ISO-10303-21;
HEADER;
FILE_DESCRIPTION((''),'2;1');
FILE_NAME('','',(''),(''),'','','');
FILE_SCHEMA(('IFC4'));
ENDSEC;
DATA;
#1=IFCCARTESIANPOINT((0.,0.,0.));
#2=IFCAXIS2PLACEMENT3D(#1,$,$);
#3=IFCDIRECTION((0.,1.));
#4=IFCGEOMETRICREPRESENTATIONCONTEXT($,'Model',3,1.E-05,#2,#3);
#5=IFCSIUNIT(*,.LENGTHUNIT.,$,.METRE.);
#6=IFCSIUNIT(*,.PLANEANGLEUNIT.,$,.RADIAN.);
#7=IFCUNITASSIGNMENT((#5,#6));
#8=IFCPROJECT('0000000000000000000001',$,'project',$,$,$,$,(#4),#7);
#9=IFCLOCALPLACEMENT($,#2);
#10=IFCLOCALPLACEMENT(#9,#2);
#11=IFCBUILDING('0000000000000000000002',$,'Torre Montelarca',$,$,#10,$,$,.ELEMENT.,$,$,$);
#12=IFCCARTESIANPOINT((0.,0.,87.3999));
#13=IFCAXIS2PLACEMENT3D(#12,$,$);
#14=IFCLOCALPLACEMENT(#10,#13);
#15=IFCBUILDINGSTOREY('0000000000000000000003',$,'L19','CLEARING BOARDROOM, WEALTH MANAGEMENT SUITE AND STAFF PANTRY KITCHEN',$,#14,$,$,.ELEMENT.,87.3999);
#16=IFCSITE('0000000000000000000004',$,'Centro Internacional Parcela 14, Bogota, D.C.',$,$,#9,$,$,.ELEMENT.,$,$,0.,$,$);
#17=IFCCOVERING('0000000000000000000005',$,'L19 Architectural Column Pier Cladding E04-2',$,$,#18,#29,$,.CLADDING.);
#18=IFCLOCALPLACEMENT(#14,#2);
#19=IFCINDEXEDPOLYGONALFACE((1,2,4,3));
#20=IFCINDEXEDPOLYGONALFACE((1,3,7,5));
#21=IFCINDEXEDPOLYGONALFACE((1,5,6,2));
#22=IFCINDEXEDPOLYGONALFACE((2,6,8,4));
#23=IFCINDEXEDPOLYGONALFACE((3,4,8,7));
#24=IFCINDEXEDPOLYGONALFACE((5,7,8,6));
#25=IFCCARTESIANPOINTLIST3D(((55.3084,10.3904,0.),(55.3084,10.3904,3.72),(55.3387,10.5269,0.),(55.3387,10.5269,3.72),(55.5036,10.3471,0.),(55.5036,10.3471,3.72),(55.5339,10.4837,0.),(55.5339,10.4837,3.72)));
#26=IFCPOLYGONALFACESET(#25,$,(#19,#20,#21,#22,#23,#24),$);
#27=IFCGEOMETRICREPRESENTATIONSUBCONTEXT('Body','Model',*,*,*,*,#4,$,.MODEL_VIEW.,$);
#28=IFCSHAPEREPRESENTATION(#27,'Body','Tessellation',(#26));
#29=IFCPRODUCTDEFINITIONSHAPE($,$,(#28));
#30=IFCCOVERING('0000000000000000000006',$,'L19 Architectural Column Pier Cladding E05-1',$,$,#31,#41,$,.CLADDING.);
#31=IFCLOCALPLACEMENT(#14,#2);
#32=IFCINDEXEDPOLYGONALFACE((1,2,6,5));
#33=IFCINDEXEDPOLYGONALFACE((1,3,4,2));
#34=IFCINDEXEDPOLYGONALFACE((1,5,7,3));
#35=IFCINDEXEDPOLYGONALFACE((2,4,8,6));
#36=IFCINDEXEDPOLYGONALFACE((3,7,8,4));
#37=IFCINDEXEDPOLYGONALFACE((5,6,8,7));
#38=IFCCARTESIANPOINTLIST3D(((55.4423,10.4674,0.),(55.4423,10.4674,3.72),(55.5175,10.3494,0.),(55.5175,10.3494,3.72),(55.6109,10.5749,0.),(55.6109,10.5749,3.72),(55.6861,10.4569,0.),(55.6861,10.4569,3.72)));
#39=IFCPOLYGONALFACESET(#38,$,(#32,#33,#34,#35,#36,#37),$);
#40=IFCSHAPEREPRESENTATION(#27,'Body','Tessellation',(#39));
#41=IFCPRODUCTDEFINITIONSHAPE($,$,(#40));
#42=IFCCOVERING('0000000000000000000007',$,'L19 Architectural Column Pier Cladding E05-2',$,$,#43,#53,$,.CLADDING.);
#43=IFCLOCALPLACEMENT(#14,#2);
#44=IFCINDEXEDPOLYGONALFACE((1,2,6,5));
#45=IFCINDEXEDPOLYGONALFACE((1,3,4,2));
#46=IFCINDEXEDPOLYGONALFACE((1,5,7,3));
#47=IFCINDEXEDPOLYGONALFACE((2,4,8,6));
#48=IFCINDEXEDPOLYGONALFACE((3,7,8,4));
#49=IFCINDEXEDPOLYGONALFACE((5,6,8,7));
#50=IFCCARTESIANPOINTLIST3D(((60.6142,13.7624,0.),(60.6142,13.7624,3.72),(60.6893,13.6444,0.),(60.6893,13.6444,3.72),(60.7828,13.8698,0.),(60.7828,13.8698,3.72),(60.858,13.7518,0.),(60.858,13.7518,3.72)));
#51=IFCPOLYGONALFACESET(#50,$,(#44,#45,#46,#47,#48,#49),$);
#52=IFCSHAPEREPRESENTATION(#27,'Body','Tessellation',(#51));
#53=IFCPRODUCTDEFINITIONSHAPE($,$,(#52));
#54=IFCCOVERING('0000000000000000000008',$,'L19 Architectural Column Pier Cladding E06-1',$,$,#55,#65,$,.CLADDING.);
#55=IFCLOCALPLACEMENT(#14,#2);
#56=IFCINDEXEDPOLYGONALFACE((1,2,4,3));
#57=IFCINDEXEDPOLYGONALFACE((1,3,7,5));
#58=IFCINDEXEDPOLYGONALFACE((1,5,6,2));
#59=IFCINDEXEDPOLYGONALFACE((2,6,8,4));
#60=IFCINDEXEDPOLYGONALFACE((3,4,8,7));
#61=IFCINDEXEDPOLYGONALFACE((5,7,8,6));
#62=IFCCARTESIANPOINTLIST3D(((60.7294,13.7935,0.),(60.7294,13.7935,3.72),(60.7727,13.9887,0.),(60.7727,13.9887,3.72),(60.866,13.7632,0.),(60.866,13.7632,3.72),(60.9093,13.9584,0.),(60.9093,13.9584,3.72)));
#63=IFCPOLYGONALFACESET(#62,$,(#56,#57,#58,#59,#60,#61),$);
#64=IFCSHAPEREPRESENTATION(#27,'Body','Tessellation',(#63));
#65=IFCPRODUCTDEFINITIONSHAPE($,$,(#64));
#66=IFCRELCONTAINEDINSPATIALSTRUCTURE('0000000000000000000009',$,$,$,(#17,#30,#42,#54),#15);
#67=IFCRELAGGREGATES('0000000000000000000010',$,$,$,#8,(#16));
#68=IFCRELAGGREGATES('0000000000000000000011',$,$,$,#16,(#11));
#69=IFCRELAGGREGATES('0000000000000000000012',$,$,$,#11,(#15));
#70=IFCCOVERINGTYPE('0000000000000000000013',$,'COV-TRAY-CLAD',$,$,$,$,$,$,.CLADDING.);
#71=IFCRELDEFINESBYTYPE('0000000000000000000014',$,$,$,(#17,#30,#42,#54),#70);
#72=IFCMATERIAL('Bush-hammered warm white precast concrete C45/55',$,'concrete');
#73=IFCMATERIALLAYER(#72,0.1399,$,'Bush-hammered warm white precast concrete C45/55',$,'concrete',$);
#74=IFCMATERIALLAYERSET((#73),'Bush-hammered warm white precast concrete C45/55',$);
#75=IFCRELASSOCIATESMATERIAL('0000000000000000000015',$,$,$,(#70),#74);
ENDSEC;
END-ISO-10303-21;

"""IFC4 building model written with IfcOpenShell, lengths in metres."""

from ifc_helpers import new_model, si_unit, direction, frame, origin, origin_2d, place, context, subcontext, project, spatial, rectangle, extrude, source, transform, mapped, material, layer, layer_set, type_object, element, save


model = new_model("IFC4")

# Units and contexts
model_context = context("Model", 3, precision=1e-05, world=origin(), true_north=direction((0.0, 1.0)))
body_context = subcontext(model_context, "Body", "Model", "MODEL_VIEW")
ifc_project = project(units=[si_unit("LENGTHUNIT", "METRE"), si_unit("PLANEANGLEUNIT", "RADIAN")], contexts=[model_context])

# Site, building, storey
site_placement = place(None, origin())
site = spatial("IfcSite", under=ifc_project, at=site_placement, Name="Centro Internacional Parcela 14, Bogota, D.C.", CompositionType="ELEMENT", RefElevation=0.0)
building_placement = place(site_placement, origin())
building = spatial("IfcBuilding", under=site, at=building_placement, Name="Torre Montelarca", CompositionType="ELEMENT")
storey_placement = place(building_placement, frame((0.0, 0.0, 87.3999)))
storey = spatial("IfcBuildingStorey", under=building, at=storey_placement, Name="L19", Description="CLEARING BOARDROOM, WEALTH MANAGEMENT SUITE AND STAFF PANTRY KITCHEN", CompositionType="ELEMENT", Elevation=87.3999)

# Coverings
ifc_material_1 = material(Name="Bush-hammered warm white precast concrete C45/55", Category="concrete")
ifc_layer_1 = layer(ifc_material_1, 0.1399, Name="Bush-hammered warm white precast concrete C45/55", Category="concrete")
ifc_layer_set_1 = layer_set([ifc_layer_1], Name="Bush-hammered warm white precast concrete C45/55")
covering_type = type_object("IfcCoveringType", Name="COV-TRAY-CLAD", PredefinedType="CLADDING", material=ifc_layer_set_1)
shared_shape_1 = source(origin(), body_context, "Body", "SweptSolid", [
    extrude(rectangle(XDim=0.2, YDim=0.1399, at=origin_2d()), origin(), (0.0, 0.0, 1.0), 3.72),
])
for number, where, z_axis, x_axis, name in (
    (1, (55.4211, 10.437, 0.0), (0.0, 0.0, 1.0), (0.976298, -0.216433, 0.0), "L19 Architectural Column Pier Cladding E04-2"),
    (2, (55.5642, 10.4622, 0.0), (0.0, 0.0, 1.0), (0.84339, 0.537303, 0.0), "L19 Architectural Column Pier Cladding E05-1"),
    (3, (60.7361, 13.7571, 0.0), (0.0, 0.0, 1.0), (0.84339, 0.537303, 0.0), "L19 Architectural Column Pier Cladding E05-2"),
    (4, (60.8193, 13.876, 0.0), (0.0, 0.0, 1.0), (0.216438, 0.976296, 0.0), "L19 Architectural Column Pier Cladding E06-1"),
):
    element("IfcCovering", number, at=place(storey_placement, frame(where, z_axis=z_axis, x_axis=x_axis)), inside=storey, type_object=covering_type, Name=name, PredefinedType="CLADDING", context=body_context, shape_type="MappedRepresentation", body=[
        mapped(shared_shape_1, transform((0.0, 0.0, 0.0), scale=1.0)),
    ])

save(model, "model.ifc")
